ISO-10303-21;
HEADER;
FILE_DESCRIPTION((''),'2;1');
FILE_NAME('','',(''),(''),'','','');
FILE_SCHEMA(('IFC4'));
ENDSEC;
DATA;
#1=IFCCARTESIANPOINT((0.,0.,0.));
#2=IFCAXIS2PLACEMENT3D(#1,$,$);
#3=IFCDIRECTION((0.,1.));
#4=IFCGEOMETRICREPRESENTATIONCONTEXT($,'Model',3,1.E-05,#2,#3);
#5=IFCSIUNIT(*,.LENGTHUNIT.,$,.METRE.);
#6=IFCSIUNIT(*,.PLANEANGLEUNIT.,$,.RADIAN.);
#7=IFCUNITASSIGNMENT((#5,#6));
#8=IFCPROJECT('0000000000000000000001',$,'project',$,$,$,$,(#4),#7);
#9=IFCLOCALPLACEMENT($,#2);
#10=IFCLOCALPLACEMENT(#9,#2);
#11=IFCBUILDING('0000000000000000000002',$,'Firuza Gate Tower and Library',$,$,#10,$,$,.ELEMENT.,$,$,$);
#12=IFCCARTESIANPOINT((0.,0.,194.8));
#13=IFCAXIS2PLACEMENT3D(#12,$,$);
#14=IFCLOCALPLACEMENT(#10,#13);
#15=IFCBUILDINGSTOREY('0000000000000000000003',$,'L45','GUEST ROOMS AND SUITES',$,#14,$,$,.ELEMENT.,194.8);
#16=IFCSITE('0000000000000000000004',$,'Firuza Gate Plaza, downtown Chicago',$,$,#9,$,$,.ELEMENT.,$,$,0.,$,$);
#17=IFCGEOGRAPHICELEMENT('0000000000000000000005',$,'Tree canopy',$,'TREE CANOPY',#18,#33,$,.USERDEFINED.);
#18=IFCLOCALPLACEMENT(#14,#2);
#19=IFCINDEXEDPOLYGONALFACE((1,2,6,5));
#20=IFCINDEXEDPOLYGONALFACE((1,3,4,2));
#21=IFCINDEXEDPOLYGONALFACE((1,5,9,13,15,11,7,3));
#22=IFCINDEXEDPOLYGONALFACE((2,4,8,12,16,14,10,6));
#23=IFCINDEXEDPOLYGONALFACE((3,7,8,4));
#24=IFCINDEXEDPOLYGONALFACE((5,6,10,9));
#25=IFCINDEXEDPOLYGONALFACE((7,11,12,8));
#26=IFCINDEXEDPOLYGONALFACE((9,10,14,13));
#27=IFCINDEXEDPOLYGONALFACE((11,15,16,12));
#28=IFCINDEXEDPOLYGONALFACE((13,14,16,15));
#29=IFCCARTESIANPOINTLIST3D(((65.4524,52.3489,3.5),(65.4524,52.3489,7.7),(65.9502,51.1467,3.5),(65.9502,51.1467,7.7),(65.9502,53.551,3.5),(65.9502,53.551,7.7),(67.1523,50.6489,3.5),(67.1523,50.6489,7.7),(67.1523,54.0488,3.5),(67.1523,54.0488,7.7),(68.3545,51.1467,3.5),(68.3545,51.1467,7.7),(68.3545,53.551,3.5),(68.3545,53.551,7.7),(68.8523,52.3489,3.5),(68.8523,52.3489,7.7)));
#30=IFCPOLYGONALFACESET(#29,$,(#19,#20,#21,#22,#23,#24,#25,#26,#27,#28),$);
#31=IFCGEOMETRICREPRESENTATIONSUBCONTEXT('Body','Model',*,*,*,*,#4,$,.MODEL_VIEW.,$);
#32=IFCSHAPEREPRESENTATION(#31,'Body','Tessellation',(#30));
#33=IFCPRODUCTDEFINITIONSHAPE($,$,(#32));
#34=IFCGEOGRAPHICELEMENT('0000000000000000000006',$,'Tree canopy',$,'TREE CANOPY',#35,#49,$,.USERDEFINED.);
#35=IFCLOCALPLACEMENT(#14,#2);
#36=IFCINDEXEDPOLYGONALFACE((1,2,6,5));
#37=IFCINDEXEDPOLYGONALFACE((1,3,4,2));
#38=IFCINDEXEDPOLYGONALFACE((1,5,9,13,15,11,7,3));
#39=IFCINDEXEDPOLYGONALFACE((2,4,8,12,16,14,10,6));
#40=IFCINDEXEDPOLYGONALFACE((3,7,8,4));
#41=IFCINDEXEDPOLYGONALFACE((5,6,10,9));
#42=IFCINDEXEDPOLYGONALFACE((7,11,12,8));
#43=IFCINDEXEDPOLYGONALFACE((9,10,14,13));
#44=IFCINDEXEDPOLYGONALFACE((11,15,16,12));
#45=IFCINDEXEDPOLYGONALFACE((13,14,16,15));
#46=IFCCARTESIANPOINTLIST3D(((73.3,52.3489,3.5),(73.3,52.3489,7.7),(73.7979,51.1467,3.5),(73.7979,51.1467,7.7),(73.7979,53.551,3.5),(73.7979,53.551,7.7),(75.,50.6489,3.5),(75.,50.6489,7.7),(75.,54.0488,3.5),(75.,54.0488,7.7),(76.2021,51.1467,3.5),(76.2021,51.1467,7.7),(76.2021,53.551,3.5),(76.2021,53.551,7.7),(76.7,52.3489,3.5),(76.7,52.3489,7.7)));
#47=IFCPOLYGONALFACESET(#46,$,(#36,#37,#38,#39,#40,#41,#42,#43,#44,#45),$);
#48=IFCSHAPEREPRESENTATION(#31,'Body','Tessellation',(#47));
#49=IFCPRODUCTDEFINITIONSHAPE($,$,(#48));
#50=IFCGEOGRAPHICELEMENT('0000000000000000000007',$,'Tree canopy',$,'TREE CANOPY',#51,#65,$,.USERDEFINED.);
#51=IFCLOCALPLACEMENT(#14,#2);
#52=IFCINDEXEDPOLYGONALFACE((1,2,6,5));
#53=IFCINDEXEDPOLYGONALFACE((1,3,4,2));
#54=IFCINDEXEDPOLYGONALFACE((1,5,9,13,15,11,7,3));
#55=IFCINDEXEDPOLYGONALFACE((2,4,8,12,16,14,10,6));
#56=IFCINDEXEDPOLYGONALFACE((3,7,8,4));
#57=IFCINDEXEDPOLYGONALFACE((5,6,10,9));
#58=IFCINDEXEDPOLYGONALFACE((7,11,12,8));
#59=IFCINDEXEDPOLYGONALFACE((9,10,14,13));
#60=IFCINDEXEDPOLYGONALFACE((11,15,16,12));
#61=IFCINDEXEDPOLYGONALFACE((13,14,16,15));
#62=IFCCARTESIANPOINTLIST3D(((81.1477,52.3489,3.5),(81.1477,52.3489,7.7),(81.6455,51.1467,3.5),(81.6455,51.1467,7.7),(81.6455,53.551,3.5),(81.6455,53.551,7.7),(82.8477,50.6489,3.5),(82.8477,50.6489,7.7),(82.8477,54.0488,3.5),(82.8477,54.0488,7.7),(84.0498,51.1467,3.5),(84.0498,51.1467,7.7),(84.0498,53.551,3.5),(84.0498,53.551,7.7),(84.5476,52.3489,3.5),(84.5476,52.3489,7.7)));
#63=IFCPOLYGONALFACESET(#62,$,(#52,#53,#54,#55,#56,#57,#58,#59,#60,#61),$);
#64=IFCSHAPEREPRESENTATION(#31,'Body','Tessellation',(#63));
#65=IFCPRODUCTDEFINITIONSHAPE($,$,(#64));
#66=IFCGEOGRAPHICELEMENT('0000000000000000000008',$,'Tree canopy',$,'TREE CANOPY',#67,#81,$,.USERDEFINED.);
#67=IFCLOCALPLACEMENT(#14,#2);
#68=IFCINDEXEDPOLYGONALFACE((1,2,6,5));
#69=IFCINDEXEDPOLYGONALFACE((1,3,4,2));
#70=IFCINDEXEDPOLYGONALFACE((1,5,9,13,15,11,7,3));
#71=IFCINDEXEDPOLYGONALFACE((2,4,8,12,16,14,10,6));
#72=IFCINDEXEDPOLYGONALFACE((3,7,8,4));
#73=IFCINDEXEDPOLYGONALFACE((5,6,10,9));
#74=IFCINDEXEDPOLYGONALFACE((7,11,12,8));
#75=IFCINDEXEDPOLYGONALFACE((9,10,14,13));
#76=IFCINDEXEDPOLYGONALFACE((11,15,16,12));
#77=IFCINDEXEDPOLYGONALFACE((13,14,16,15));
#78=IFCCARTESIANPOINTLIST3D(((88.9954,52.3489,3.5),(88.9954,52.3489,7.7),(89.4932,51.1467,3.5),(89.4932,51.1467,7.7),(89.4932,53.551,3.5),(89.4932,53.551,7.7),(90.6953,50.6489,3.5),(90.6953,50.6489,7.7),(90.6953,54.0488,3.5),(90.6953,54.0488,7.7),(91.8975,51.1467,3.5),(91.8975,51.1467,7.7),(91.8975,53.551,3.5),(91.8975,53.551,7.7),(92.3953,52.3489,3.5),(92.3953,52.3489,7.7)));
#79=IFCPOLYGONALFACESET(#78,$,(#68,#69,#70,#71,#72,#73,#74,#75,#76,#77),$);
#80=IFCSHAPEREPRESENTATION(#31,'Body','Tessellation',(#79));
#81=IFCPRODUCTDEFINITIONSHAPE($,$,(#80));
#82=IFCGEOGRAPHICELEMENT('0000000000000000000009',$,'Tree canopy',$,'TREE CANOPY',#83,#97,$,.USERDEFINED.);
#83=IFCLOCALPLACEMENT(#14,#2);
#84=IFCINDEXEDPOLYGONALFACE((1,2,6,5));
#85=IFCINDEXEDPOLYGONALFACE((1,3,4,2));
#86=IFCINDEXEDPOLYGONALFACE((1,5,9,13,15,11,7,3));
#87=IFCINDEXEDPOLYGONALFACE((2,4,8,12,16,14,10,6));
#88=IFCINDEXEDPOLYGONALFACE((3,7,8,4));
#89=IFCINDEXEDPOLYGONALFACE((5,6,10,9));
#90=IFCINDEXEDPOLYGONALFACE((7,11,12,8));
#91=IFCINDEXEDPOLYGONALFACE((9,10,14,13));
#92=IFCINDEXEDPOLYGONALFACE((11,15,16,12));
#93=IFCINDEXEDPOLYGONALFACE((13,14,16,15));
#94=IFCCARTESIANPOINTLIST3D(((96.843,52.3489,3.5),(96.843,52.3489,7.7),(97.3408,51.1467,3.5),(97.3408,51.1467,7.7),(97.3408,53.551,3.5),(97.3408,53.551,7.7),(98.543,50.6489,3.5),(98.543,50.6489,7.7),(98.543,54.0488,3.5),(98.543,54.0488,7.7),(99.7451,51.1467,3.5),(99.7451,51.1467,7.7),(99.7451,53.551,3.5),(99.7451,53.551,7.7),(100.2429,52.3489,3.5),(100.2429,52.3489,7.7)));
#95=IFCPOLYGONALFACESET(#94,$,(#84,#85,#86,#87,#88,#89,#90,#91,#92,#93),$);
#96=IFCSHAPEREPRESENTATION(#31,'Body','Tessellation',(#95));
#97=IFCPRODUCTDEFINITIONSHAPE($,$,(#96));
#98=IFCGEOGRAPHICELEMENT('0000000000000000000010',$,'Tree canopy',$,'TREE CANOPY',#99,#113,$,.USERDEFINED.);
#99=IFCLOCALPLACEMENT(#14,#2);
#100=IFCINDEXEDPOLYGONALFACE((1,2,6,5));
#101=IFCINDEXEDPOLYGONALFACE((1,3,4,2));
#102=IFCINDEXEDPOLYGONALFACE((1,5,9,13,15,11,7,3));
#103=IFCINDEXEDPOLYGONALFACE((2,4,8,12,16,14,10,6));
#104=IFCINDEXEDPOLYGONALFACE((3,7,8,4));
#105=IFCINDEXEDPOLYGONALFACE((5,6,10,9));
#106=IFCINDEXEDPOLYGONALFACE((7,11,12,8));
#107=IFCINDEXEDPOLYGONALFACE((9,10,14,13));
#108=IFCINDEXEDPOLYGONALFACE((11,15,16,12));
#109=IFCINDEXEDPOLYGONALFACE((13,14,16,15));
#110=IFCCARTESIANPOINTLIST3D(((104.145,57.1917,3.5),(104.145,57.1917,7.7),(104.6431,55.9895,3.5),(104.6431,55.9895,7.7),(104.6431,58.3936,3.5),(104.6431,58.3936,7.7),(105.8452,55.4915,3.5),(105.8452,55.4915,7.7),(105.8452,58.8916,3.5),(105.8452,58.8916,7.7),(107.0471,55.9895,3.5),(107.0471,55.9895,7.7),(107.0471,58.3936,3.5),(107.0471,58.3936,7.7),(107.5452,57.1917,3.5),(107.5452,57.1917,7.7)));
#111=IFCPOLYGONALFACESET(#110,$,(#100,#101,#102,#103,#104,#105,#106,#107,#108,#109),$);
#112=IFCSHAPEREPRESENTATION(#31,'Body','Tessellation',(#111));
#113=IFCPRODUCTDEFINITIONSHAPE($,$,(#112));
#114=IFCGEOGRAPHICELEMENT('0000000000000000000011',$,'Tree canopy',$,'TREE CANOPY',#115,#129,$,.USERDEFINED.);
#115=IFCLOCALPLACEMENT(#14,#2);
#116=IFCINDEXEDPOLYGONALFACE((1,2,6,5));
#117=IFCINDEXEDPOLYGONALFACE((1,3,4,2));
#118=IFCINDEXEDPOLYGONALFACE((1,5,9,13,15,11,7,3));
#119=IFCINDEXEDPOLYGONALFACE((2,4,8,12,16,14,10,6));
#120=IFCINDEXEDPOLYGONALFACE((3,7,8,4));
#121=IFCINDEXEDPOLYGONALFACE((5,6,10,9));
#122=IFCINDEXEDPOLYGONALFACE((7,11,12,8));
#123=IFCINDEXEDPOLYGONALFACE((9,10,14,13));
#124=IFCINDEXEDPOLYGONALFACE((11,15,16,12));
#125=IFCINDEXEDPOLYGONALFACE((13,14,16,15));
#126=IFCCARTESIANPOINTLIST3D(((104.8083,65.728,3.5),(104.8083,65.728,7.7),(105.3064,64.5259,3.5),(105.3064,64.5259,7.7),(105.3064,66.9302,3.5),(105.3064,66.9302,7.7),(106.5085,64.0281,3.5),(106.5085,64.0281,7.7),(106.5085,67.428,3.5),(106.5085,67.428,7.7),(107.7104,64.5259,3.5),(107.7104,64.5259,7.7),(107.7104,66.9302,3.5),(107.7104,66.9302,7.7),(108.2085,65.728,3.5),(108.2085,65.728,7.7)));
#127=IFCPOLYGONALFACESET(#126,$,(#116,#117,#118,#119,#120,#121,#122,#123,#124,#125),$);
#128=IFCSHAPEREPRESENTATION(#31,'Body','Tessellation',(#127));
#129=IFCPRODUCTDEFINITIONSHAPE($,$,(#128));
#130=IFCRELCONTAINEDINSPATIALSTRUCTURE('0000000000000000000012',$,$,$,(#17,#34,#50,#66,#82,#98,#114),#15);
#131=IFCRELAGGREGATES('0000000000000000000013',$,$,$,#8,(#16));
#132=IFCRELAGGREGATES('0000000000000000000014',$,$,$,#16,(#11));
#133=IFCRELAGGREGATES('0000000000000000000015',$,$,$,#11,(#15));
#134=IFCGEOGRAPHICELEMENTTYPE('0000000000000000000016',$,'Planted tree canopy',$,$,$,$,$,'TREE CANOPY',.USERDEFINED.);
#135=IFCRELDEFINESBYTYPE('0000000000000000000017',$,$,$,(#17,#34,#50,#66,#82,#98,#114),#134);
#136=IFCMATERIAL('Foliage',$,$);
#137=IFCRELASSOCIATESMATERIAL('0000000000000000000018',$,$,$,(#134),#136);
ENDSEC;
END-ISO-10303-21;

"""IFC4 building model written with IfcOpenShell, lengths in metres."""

from ifc_helpers import new_model, si_unit, direction, frame, origin, place, context, subcontext, project, spatial, polyline, outline, extrude, material, type_object, element, save


model = new_model("IFC4")

# Units and contexts
model_context = context("Model", 3, precision=1e-05, world=origin(), true_north=direction((0.0, 1.0)))
body_context = subcontext(model_context, "Body", "Model", "MODEL_VIEW")
ifc_project = project(units=[si_unit("LENGTHUNIT", "METRE"), si_unit("PLANEANGLEUNIT", "RADIAN")], contexts=[model_context])

# Site, building, storey
site_placement = place(None, origin())
site = spatial("IfcSite", under=ifc_project, at=site_placement, Name="Firuza Gate Plaza, downtown Chicago", CompositionType="ELEMENT", RefElevation=0.0)
building_placement = place(site_placement, origin())
building = spatial("IfcBuilding", under=site, at=building_placement, Name="Firuza Gate Tower and Library", CompositionType="ELEMENT")
storey_placement = place(building_placement, frame((0.0, 0.0, 194.8)))
storey = spatial("IfcBuildingStorey", under=building, at=storey_placement, Name="L45", Description="GUEST ROOMS AND SUITES", CompositionType="ELEMENT", Elevation=194.8)

# Geographic elements
ifc_material_1 = material(Name="Foliage")
geographic_element_type = type_object("IfcGeographicElementType", Name="Planted tree canopy", ElementType="TREE CANOPY", PredefinedType="USERDEFINED", material=ifc_material_1)
placement_1 = place(storey_placement, frame((0.0, 0.0, 3.5)))
element("IfcGeographicElement", 1, at=placement_1, inside=storey, type_object=geographic_element_type, Name="Tree canopy", ObjectType="TREE CANOPY", PredefinedType="USERDEFINED", context=body_context, shape_type="SweptSolid", body=[
    extrude(outline(polyline([(68.8523, 52.3489), (68.3545, 53.551), (67.1523, 54.0488), (65.9502, 53.551), (65.4524, 52.3489), (65.9502, 51.1467), (67.1523, 50.6489), (68.3545, 51.1467), (68.8523, 52.3489)])), origin(), (0.0, 0.0, 1.0), 4.2),
])
element("IfcGeographicElement", 2, at=placement_1, inside=storey, type_object=geographic_element_type, Name="Tree canopy", ObjectType="TREE CANOPY", PredefinedType="USERDEFINED", context=body_context, shape_type="SweptSolid", body=[
    extrude(outline(polyline([(76.7, 52.3489), (76.2021, 53.551), (75.0, 54.0488), (73.7979, 53.551), (73.3, 52.3489), (73.7979, 51.1467), (75.0, 50.6489), (76.2021, 51.1467), (76.7, 52.3489)])), origin(), (0.0, 0.0, 1.0), 4.2),
])
element("IfcGeographicElement", 3, at=placement_1, inside=storey, type_object=geographic_element_type, Name="Tree canopy", ObjectType="TREE CANOPY", PredefinedType="USERDEFINED", context=body_context, shape_type="SweptSolid", body=[
    extrude(outline(polyline([(84.5476, 52.3489), (84.0498, 53.551), (82.8477, 54.0488), (81.6455, 53.551), (81.1477, 52.3489), (81.6455, 51.1467), (82.8477, 50.6489), (84.0498, 51.1467), (84.5476, 52.3489)])), origin(), (0.0, 0.0, 1.0), 4.2),
])
element("IfcGeographicElement", 4, at=placement_1, inside=storey, type_object=geographic_element_type, Name="Tree canopy", ObjectType="TREE CANOPY", PredefinedType="USERDEFINED", context=body_context, shape_type="SweptSolid", body=[
    extrude(outline(polyline([(92.3953, 52.3489), (91.8975, 53.551), (90.6953, 54.0488), (89.4932, 53.551), (88.9954, 52.3489), (89.4932, 51.1467), (90.6953, 50.6489), (91.8975, 51.1467), (92.3953, 52.3489)])), origin(), (0.0, 0.0, 1.0), 4.2),
])
element("IfcGeographicElement", 5, at=placement_1, inside=storey, type_object=geographic_element_type, Name="Tree canopy", ObjectType="TREE CANOPY", PredefinedType="USERDEFINED", context=body_context, shape_type="SweptSolid", body=[
    extrude(outline(polyline([(100.2429, 52.3489), (99.7451, 53.551), (98.543, 54.0488), (97.3408, 53.551), (96.843, 52.3489), (97.3408, 51.1467), (98.543, 50.6489), (99.7451, 51.1467), (100.2429, 52.3489)])), origin(), (0.0, 0.0, 1.0), 4.2),
])
element("IfcGeographicElement", 6, at=placement_1, inside=storey, type_object=geographic_element_type, Name="Tree canopy", ObjectType="TREE CANOPY", PredefinedType="USERDEFINED", context=body_context, shape_type="SweptSolid", body=[
    extrude(outline(polyline([(107.5452, 57.1917), (107.0471, 58.3936), (105.8452, 58.8916), (104.6431, 58.3936), (104.145, 57.1917), (104.6431, 55.9895), (105.8452, 55.4915), (107.0471, 55.9895), (107.5452, 57.1917)])), origin(), (0.0, 0.0, 1.0), 4.2),
])
element("IfcGeographicElement", 7, at=placement_1, inside=storey, type_object=geographic_element_type, Name="Tree canopy", ObjectType="TREE CANOPY", PredefinedType="USERDEFINED", context=body_context, shape_type="SweptSolid", body=[
    extrude(outline(polyline([(108.2085, 65.728), (107.7104, 66.9302), (106.5085, 67.428), (105.3064, 66.9302), (104.8083, 65.728), (105.3064, 64.5259), (106.5085, 64.0281), (107.7104, 64.5259), (108.2085, 65.728)])), origin(), (0.0, 0.0, 1.0), 4.2),
])

save(model, "model.ifc")
